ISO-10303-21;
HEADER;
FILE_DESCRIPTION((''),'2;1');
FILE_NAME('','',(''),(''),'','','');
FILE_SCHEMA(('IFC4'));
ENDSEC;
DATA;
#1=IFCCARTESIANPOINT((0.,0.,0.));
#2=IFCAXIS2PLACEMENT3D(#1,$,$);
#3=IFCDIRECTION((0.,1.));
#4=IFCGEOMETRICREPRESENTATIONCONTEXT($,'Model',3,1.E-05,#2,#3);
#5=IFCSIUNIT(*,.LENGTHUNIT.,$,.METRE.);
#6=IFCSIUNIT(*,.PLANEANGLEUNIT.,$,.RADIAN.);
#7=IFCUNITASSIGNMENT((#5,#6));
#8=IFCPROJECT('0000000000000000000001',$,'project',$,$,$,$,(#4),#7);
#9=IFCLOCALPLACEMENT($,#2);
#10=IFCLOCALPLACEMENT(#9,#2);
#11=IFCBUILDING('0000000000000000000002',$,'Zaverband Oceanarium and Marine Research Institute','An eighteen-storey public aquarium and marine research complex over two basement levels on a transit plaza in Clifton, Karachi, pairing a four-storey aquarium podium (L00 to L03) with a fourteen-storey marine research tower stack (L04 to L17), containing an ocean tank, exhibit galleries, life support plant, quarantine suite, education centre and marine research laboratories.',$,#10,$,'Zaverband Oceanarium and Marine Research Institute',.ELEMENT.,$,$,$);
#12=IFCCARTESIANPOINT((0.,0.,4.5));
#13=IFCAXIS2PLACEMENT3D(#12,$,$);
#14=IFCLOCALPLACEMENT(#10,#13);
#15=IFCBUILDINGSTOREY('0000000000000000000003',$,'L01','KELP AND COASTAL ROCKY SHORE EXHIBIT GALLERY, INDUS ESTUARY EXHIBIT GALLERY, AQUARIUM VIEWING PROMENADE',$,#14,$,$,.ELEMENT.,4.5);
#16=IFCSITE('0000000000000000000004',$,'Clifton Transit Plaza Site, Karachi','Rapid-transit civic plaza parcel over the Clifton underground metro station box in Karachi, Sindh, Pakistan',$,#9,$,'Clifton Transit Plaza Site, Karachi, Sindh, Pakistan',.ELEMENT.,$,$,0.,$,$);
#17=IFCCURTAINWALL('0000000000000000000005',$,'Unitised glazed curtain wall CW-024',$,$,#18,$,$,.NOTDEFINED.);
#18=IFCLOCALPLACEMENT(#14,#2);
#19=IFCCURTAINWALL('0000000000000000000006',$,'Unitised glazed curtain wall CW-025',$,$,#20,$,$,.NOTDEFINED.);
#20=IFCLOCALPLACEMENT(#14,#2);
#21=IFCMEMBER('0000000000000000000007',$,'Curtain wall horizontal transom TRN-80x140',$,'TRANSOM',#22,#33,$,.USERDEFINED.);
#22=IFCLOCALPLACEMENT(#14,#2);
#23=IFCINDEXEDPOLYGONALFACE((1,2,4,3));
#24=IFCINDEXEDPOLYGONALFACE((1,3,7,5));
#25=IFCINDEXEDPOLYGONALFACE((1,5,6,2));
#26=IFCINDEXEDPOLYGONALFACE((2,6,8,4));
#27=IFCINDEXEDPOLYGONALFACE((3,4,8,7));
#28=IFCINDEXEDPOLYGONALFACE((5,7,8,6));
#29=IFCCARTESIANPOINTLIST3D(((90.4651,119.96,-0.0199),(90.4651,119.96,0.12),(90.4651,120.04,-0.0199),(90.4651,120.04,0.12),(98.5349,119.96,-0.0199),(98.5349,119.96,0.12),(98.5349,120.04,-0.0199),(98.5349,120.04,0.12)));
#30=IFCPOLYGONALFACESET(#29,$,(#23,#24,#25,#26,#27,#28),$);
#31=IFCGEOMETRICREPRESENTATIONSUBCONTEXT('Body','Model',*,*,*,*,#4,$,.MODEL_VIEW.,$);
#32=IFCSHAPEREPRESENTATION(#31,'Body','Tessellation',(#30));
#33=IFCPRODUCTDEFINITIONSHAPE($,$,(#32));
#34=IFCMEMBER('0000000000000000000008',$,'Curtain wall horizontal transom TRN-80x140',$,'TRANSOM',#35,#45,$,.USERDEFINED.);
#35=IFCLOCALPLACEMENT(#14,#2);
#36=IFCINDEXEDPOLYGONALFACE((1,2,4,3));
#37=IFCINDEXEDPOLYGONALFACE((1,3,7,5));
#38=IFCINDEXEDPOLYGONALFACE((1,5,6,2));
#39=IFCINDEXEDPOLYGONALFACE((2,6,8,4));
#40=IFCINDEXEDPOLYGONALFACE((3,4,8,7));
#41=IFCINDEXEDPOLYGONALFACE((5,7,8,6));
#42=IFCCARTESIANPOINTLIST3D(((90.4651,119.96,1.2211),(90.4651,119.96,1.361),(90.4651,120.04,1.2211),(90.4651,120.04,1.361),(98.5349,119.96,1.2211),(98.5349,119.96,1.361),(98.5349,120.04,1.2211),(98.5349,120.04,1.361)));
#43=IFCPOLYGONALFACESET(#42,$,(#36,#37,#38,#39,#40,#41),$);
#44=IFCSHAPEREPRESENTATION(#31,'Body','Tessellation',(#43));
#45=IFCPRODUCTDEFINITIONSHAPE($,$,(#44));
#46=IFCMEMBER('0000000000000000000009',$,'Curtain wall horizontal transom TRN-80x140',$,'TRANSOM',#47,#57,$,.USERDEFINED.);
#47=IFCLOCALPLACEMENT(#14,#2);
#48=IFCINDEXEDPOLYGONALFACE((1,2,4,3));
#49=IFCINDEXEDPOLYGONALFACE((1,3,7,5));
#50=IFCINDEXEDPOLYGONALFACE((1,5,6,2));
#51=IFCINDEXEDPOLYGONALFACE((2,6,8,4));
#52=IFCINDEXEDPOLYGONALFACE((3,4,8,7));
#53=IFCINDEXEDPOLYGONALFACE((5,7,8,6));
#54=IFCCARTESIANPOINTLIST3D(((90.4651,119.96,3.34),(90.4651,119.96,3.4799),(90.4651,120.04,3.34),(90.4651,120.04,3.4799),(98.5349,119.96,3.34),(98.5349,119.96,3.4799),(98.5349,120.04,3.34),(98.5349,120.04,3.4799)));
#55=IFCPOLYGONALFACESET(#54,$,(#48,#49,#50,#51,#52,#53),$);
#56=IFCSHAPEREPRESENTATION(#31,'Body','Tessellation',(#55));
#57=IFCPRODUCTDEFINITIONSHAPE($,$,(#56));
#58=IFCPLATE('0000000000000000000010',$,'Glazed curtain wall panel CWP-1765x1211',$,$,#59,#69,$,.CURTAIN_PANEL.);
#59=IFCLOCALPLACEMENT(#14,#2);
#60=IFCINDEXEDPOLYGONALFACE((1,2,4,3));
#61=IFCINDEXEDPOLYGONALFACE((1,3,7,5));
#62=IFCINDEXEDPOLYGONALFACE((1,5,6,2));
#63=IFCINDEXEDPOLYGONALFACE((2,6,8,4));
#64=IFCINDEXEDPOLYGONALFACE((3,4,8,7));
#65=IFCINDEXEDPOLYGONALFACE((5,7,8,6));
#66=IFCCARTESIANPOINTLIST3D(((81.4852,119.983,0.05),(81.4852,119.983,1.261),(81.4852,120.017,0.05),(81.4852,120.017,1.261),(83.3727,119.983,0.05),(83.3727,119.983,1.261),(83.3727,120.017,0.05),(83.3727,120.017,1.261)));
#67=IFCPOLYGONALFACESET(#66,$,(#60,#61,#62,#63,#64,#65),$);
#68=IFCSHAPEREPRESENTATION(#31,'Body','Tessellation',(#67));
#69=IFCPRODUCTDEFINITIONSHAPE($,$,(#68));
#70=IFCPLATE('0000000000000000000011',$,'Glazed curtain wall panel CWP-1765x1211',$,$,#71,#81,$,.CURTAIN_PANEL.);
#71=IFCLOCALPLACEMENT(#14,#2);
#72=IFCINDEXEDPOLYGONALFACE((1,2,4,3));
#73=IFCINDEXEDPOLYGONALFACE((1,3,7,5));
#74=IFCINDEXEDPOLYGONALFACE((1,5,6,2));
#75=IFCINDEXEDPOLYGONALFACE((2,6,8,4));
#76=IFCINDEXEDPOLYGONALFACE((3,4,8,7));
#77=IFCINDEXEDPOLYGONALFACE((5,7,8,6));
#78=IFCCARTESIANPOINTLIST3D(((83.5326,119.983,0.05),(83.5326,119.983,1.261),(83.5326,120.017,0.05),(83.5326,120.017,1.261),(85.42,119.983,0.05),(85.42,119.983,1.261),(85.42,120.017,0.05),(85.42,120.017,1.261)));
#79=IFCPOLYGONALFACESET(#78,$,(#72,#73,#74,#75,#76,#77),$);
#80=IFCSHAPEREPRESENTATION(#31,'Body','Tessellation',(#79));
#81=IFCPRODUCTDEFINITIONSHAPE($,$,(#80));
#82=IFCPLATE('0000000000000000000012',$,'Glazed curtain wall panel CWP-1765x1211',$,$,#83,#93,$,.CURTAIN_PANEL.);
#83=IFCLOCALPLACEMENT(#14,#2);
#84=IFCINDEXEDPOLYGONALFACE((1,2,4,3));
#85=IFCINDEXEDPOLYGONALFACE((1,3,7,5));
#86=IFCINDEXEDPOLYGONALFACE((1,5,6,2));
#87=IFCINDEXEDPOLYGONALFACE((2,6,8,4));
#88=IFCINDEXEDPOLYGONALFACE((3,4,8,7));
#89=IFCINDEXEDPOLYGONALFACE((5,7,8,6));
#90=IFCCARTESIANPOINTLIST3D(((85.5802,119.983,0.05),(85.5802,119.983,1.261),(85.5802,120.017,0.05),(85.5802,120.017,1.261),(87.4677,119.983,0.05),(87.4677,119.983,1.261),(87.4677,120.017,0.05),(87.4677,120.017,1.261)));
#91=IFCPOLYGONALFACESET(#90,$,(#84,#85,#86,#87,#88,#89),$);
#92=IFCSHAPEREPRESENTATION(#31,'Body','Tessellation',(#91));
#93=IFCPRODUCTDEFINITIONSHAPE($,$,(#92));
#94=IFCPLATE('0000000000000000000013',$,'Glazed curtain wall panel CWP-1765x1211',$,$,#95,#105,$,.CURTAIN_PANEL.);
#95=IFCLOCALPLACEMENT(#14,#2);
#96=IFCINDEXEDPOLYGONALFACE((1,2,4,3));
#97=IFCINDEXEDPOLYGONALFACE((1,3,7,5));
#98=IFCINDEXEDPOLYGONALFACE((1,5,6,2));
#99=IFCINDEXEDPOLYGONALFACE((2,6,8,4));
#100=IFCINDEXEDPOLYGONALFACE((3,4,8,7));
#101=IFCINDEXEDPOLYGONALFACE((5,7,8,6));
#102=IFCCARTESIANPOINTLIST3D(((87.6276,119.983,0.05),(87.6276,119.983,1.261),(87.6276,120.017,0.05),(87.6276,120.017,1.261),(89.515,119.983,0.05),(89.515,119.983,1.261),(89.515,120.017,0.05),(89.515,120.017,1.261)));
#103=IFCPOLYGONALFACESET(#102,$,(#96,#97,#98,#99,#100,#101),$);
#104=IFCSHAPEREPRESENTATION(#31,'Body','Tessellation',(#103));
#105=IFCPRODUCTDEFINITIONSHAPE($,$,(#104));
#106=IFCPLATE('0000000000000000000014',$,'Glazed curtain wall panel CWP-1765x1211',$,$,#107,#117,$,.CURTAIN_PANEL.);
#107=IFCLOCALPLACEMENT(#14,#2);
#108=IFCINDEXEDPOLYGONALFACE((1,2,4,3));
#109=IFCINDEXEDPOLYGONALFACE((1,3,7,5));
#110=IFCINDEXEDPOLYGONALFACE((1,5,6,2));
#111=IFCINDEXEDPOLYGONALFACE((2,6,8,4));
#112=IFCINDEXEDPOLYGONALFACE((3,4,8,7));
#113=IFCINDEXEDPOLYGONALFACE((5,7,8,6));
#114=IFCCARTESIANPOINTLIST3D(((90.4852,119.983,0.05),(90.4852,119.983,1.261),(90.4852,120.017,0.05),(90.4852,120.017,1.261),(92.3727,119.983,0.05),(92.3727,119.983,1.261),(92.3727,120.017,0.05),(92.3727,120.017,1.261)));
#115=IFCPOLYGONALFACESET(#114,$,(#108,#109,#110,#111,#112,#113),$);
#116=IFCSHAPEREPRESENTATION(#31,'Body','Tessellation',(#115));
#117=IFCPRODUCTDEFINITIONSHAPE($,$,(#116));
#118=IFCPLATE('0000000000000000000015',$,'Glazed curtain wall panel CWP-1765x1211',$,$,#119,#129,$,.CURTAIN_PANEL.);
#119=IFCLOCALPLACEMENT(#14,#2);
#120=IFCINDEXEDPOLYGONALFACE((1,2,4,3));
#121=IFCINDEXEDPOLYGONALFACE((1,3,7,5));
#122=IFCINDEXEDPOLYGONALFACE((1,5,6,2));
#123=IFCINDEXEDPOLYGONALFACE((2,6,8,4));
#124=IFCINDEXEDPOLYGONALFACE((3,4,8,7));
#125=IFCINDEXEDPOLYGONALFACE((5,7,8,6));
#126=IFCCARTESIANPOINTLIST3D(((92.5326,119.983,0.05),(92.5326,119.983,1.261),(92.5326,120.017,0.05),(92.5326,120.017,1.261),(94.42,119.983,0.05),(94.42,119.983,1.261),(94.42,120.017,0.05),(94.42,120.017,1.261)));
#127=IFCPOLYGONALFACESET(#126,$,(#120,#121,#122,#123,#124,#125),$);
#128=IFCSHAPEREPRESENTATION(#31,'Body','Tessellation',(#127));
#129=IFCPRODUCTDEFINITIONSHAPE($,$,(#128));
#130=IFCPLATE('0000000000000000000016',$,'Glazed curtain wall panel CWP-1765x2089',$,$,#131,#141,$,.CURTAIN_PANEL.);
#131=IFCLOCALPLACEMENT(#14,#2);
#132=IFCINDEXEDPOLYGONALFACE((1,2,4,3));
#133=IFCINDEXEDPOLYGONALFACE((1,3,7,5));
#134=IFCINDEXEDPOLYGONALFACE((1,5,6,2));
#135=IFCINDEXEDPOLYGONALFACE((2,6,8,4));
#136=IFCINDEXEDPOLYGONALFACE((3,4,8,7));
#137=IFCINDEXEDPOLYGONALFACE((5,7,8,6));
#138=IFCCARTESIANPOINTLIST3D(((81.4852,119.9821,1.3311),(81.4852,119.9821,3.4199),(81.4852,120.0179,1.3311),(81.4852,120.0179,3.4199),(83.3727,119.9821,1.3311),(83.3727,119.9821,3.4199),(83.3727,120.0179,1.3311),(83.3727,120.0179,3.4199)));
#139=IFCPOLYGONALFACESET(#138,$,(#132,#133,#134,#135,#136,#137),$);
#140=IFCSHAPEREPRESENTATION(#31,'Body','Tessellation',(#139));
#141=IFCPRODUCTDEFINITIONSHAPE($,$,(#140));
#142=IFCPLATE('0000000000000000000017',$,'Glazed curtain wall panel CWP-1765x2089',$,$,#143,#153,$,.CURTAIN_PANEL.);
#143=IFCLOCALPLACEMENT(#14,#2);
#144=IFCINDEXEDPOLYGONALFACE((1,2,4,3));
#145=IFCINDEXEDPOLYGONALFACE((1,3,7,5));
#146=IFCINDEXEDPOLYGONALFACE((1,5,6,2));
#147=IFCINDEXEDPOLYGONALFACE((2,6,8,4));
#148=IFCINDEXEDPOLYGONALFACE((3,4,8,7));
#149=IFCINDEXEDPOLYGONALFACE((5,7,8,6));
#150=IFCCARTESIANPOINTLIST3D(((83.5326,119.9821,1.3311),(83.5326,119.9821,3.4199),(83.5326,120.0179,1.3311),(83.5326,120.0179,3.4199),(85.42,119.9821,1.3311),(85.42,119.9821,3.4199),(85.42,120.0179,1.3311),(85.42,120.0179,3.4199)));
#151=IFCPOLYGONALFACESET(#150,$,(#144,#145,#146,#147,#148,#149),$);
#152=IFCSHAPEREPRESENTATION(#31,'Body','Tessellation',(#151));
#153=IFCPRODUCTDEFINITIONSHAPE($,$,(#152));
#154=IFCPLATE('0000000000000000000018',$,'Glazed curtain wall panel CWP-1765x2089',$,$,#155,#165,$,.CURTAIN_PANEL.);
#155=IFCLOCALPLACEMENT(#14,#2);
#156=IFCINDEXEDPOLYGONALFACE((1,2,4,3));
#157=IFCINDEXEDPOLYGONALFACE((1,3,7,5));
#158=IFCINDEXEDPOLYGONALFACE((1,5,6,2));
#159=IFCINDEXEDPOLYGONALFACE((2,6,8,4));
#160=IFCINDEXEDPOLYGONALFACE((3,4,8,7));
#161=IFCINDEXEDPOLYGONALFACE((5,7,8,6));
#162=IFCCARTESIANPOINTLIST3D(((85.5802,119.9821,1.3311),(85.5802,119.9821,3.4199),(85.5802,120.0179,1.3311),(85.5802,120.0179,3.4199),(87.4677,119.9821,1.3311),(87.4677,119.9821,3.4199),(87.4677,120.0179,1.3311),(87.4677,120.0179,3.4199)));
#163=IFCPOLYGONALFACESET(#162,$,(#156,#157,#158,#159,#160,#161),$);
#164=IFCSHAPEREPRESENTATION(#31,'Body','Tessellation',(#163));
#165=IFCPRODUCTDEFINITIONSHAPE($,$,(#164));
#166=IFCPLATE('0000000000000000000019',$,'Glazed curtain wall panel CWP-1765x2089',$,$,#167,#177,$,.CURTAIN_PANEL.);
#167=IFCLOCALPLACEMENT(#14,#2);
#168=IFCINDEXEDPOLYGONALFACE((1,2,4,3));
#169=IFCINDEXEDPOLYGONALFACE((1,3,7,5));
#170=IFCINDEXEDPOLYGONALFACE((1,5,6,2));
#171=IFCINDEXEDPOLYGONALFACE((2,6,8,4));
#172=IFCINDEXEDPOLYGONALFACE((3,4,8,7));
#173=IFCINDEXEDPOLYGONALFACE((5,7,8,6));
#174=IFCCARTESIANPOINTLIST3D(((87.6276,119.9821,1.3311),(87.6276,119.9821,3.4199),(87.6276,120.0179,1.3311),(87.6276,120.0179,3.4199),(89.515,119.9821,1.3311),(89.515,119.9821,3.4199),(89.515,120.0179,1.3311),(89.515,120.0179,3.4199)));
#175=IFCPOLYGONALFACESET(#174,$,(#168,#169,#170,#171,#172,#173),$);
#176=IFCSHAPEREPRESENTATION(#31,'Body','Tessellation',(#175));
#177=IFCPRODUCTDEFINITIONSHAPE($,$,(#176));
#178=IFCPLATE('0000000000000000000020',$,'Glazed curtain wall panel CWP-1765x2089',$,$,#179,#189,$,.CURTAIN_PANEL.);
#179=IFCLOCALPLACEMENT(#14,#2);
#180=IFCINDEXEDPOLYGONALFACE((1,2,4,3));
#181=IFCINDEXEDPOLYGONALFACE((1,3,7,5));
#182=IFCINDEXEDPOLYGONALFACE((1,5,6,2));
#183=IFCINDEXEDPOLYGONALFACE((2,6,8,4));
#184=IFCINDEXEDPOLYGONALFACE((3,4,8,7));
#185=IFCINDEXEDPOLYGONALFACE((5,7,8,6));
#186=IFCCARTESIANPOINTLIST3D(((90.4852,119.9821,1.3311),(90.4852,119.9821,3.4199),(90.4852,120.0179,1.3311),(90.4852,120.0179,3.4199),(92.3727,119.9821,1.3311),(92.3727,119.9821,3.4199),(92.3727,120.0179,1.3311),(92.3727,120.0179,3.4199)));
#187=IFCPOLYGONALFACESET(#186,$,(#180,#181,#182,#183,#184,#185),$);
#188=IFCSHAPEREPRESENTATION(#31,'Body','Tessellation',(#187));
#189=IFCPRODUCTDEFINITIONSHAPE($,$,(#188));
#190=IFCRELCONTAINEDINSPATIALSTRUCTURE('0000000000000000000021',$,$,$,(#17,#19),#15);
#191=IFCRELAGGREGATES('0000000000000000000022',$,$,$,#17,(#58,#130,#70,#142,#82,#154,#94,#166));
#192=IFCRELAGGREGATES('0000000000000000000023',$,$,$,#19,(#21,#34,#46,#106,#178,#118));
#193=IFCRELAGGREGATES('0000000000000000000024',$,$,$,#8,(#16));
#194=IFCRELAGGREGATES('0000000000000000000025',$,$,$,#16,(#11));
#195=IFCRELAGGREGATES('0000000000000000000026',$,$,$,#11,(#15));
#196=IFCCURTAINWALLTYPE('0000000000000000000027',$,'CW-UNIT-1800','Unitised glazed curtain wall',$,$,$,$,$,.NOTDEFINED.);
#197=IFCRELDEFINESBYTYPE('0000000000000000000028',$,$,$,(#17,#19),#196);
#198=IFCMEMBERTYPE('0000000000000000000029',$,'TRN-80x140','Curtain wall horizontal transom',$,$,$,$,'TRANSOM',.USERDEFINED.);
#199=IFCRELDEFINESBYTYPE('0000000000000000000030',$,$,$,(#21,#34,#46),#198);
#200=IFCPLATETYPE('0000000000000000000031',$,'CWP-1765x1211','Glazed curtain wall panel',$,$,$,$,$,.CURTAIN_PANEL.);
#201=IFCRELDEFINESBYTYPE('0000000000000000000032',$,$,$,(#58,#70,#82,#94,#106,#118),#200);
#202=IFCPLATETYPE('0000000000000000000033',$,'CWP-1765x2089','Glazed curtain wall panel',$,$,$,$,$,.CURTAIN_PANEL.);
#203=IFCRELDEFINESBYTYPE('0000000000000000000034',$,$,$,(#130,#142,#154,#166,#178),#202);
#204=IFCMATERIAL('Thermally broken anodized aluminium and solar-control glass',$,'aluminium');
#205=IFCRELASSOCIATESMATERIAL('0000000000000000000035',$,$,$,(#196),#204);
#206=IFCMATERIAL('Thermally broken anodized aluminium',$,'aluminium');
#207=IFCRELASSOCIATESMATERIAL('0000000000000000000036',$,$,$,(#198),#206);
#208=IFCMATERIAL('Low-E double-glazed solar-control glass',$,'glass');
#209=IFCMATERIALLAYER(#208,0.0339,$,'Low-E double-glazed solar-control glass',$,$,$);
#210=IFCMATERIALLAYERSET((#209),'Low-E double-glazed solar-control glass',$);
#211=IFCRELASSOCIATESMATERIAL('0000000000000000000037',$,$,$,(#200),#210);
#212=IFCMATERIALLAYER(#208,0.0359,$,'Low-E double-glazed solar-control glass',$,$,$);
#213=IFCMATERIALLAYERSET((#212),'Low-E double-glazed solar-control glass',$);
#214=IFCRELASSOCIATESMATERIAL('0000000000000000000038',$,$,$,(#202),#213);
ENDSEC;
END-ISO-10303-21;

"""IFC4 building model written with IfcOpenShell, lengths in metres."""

from ifc_helpers import new_model, si_unit, direction, frame, frame_2d, origin, origin_2d, place, context, subcontext, project, spatial, rectangle, extrude, material, layer, layer_set, material_profile, profile_set, type_object, element, aggregate, save


model = new_model("IFC4")

# Units and contexts
model_context = context("Model", 3, precision=1e-05, world=origin(), true_north=direction((0.0, 1.0)))
body_context = subcontext(model_context, "Body", "Model", "MODEL_VIEW")
ifc_project = project(units=[si_unit("LENGTHUNIT", "METRE"), si_unit("PLANEANGLEUNIT", "RADIAN")], contexts=[model_context])

# Site, building, storey
site_placement = place(None, origin())
site = spatial("IfcSite", under=ifc_project, at=site_placement, Name="Clifton Transit Plaza Site, Karachi", Description="Rapid-transit civic plaza parcel over the Clifton underground metro station box in Karachi, Sindh, Pakistan", LongName="Clifton Transit Plaza Site, Karachi, Sindh, Pakistan", CompositionType="ELEMENT", RefElevation=0.0)
building_placement = place(site_placement, origin())
building = spatial("IfcBuilding", under=site, at=building_placement, Name="Zaverband Oceanarium and Marine Research Institute", Description="An eighteen-storey public aquarium and marine research complex over two basement levels on a transit plaza in Clifton, Karachi, pairing a four-storey aquarium podium (L00 to L03) with a fourteen-storey marine research tower stack (L04 to L17), containing an ocean tank, exhibit galleries, life support plant, quarantine suite, education centre and marine research laboratories.", LongName="Zaverband Oceanarium and Marine Research Institute", CompositionType="ELEMENT")
storey_placement = place(building_placement, frame((0.0, 0.0, 4.5)))
storey = spatial("IfcBuildingStorey", under=building, at=storey_placement, Name="L01", Description="KELP AND COASTAL ROCKY SHORE EXHIBIT GALLERY, INDUS ESTUARY EXHIBIT GALLERY, AQUARIUM VIEWING PROMENADE", CompositionType="ELEMENT", Elevation=4.5)

# Curtain walls
ifc_material_1 = material(Name="Thermally broken anodized aluminium and solar-control glass", Category="aluminium")
curtain_wall_type = type_object("IfcCurtainWallType", Name="CW-UNIT-1800", Description="Unitised glazed curtain wall", PredefinedType="NOTDEFINED", material=ifc_material_1)
curtain_wall_1_placement = place(storey_placement, origin())
curtain_wall_1 = element("IfcCurtainWall", 1, at=curtain_wall_1_placement, inside=storey, type_object=curtain_wall_type, Name="Unitised glazed curtain wall CW-024", PredefinedType="NOTDEFINED")
ifc_material_2 = material(Name="Thermally broken anodized aluminium", Category="aluminium")
curtain_wall_2_placement = place(storey_placement, origin())
curtain_wall_2 = element("IfcCurtainWall", 2, at=curtain_wall_2_placement, inside=storey, type_object=curtain_wall_type, Name="Unitised glazed curtain wall CW-025", PredefinedType="NOTDEFINED")

# Members
ifc_material_profile_1 = material_profile(ifc_material_2, rectangle(XDim=0.0801, YDim=0.1399, at=origin_2d()), Name="AL-TRN-80x140")
ifc_profile_set_1 = profile_set([ifc_material_profile_1], Name="Thermally broken anodized aluminium")
member_type_1 = type_object("IfcMemberType", Name="TRN-80x140", Description="Curtain wall horizontal transom", ElementType="TRANSOM", PredefinedType="USERDEFINED", material=ifc_profile_set_1)
member_1_placement = place(storey_placement, frame((90.4651, 120.0, 0.05), z_axis=(1.0, 0.0, 0.0), x_axis=(0.0, 1.0, 0.0)))
member_1 = element("IfcMember", 3, at=member_1_placement, type_object=member_type_1, Name="Curtain wall horizontal transom TRN-80x140", ObjectType="TRANSOM", PredefinedType="USERDEFINED", context=body_context, shape_type="SweptSolid", body=[
    extrude(rectangle(XDim=0.0801, YDim=0.1399, at=origin_2d()), origin(), (0.0, 0.0, 1.0), 8.0698),
])
member_2_placement = place(storey_placement, frame((90.4651, 120.0, 1.291), z_axis=(1.0, 0.0, 0.0), x_axis=(0.0, 1.0, 0.0)))
member_2 = element("IfcMember", 4, at=member_2_placement, type_object=member_type_1, Name="Curtain wall horizontal transom TRN-80x140", ObjectType="TRANSOM", PredefinedType="USERDEFINED", context=body_context, shape_type="SweptSolid", body=[
    extrude(rectangle(XDim=0.0801, YDim=0.1399, at=origin_2d()), origin(), (0.0, 0.0, 1.0), 8.0698),
])
member_3_placement = place(storey_placement, frame((90.4651, 120.0, 3.4099), z_axis=(1.0, 0.0, 0.0), x_axis=(0.0, 1.0, 0.0)))
member_3 = element("IfcMember", 5, at=member_3_placement, type_object=member_type_1, Name="Curtain wall horizontal transom TRN-80x140", ObjectType="TRANSOM", PredefinedType="USERDEFINED", context=body_context, shape_type="SweptSolid", body=[
    extrude(rectangle(XDim=0.0801, YDim=0.1399, at=origin_2d()), origin(), (0.0, 0.0, 1.0), 8.0698),
])

# Plates
ifc_material_3 = material(Name="Low-E double-glazed solar-control glass", Category="glass")
ifc_layer_1 = layer(ifc_material_3, 0.0339, Name="Low-E double-glazed solar-control glass")
ifc_layer_set_1 = layer_set([ifc_layer_1], Name="Low-E double-glazed solar-control glass")
plate_type_1 = type_object("IfcPlateType", Name="CWP-1765x1211", Description="Glazed curtain wall panel", PredefinedType="CURTAIN_PANEL", material=ifc_layer_set_1)
plate_1_placement = place(storey_placement, frame((81.4851, 120.0, 0.05), z_axis=(0.0, 0.0, 1.0), x_axis=(1.0, 0.0, 0.0)))
plate_1 = element("IfcPlate", 6, at=plate_1_placement, type_object=plate_type_1, Name="Glazed curtain wall panel CWP-1765x1211", PredefinedType="CURTAIN_PANEL", context=body_context, shape_type="SweptSolid", body=[
    extrude(rectangle(XDim=1.8875, YDim=0.0339, at=frame_2d((0.9438, 0.0))), origin(), (0.0, 0.0, 1.0), 1.2109),
])
plate_2_placement = place(storey_placement, frame((83.5325, 120.0, 0.05), z_axis=(0.0, 0.0, 1.0), x_axis=(1.0, 0.0, 0.0)))
plate_2 = element("IfcPlate", 7, at=plate_2_placement, type_object=plate_type_1, Name="Glazed curtain wall panel CWP-1765x1211", PredefinedType="CURTAIN_PANEL", context=body_context, shape_type="SweptSolid", body=[
    extrude(rectangle(XDim=1.8875, YDim=0.0339, at=frame_2d((0.9438, 0.0))), origin(), (0.0, 0.0, 1.0), 1.2109),
])
plate_3_placement = place(storey_placement, frame((85.5801, 120.0, 0.05), z_axis=(0.0, 0.0, 1.0), x_axis=(1.0, 0.0, 0.0)))
plate_3 = element("IfcPlate", 8, at=plate_3_placement, type_object=plate_type_1, Name="Glazed curtain wall panel CWP-1765x1211", PredefinedType="CURTAIN_PANEL", context=body_context, shape_type="SweptSolid", body=[
    extrude(rectangle(XDim=1.8875, YDim=0.0339, at=frame_2d((0.9438, 0.0))), origin(), (0.0, 0.0, 1.0), 1.2109),
])
plate_4_placement = place(storey_placement, frame((87.6274, 120.0, 0.05), z_axis=(0.0, 0.0, 1.0), x_axis=(1.0, 0.0, 0.0)))
plate_4 = element("IfcPlate", 9, at=plate_4_placement, type_object=plate_type_1, Name="Glazed curtain wall panel CWP-1765x1211", PredefinedType="CURTAIN_PANEL", context=body_context, shape_type="SweptSolid", body=[
    extrude(rectangle(XDim=1.8875, YDim=0.0339, at=frame_2d((0.9438, 0.0))), origin(), (0.0, 0.0, 1.0), 1.2109),
])
plate_5_placement = place(storey_placement, frame((90.4851, 120.0, 0.05), z_axis=(0.0, 0.0, 1.0), x_axis=(1.0, 0.0, 0.0)))
plate_5 = element("IfcPlate", 10, at=plate_5_placement, type_object=plate_type_1, Name="Glazed curtain wall panel CWP-1765x1211", PredefinedType="CURTAIN_PANEL", context=body_context, shape_type="SweptSolid", body=[
    extrude(rectangle(XDim=1.8875, YDim=0.0339, at=frame_2d((0.9438, 0.0))), origin(), (0.0, 0.0, 1.0), 1.2109),
])
plate_6_placement = place(storey_placement, frame((92.5325, 120.0, 0.05), z_axis=(0.0, 0.0, 1.0), x_axis=(1.0, 0.0, 0.0)))
plate_6 = element("IfcPlate", 11, at=plate_6_placement, type_object=plate_type_1, Name="Glazed curtain wall panel CWP-1765x1211", PredefinedType="CURTAIN_PANEL", context=body_context, shape_type="SweptSolid", body=[
    extrude(rectangle(XDim=1.8875, YDim=0.0339, at=frame_2d((0.9438, 0.0))), origin(), (0.0, 0.0, 1.0), 1.2109),
])
ifc_layer_2 = layer(ifc_material_3, 0.0359, Name="Low-E double-glazed solar-control glass")
ifc_layer_set_2 = layer_set([ifc_layer_2], Name="Low-E double-glazed solar-control glass")
plate_type_2 = type_object("IfcPlateType", Name="CWP-1765x2089", Description="Glazed curtain wall panel", PredefinedType="CURTAIN_PANEL", material=ifc_layer_set_2)
plate_7_placement = place(storey_placement, frame((81.4851, 120.0, 1.3311), z_axis=(0.0, 0.0, 1.0), x_axis=(1.0, 0.0, 0.0)))
plate_7 = element("IfcPlate", 12, at=plate_7_placement, type_object=plate_type_2, Name="Glazed curtain wall panel CWP-1765x2089", PredefinedType="CURTAIN_PANEL", context=body_context, shape_type="SweptSolid", body=[
    extrude(rectangle(XDim=1.8875, YDim=0.0359, at=frame_2d((0.9438, 0.0))), origin(), (0.0, 0.0, 1.0), 2.0889),
])
plate_8_placement = place(storey_placement, frame((83.5325, 120.0, 1.3311), z_axis=(0.0, 0.0, 1.0), x_axis=(1.0, 0.0, 0.0)))
plate_8 = element("IfcPlate", 13, at=plate_8_placement, type_object=plate_type_2, Name="Glazed curtain wall panel CWP-1765x2089", PredefinedType="CURTAIN_PANEL", context=body_context, shape_type="SweptSolid", body=[
    extrude(rectangle(XDim=1.8875, YDim=0.0359, at=frame_2d((0.9438, 0.0))), origin(), (0.0, 0.0, 1.0), 2.0889),
])
plate_9_placement = place(storey_placement, frame((85.5801, 120.0, 1.3311), z_axis=(0.0, 0.0, 1.0), x_axis=(1.0, 0.0, 0.0)))
plate_9 = element("IfcPlate", 14, at=plate_9_placement, type_object=plate_type_2, Name="Glazed curtain wall panel CWP-1765x2089", PredefinedType="CURTAIN_PANEL", context=body_context, shape_type="SweptSolid", body=[
    extrude(rectangle(XDim=1.8875, YDim=0.0359, at=frame_2d((0.9438, 0.0))), origin(), (0.0, 0.0, 1.0), 2.0889),
])
plate_10_placement = place(storey_placement, frame((87.6274, 120.0, 1.3311), z_axis=(0.0, 0.0, 1.0), x_axis=(1.0, 0.0, 0.0)))
plate_10 = element("IfcPlate", 15, at=plate_10_placement, type_object=plate_type_2, Name="Glazed curtain wall panel CWP-1765x2089", PredefinedType="CURTAIN_PANEL", context=body_context, shape_type="SweptSolid", body=[
    extrude(rectangle(XDim=1.8875, YDim=0.0359, at=frame_2d((0.9438, 0.0))), origin(), (0.0, 0.0, 1.0), 2.0889),
])
aggregate(curtain_wall_1, [plate_1, plate_7, plate_2, plate_8, plate_3, plate_9, plate_4, plate_10])
plate_11_placement = place(storey_placement, frame((90.4851, 120.0, 1.3311), z_axis=(0.0, 0.0, 1.0), x_axis=(1.0, 0.0, 0.0)))
plate_11 = element("IfcPlate", 16, at=plate_11_placement, type_object=plate_type_2, Name="Glazed curtain wall panel CWP-1765x2089", PredefinedType="CURTAIN_PANEL", context=body_context, shape_type="SweptSolid", body=[
    extrude(rectangle(XDim=1.8875, YDim=0.0359, at=frame_2d((0.9438, 0.0))), origin(), (0.0, 0.0, 1.0), 2.0889),
])
aggregate(curtain_wall_2, [member_1, member_2, member_3, plate_5, plate_11, plate_6])

save(model, "model.ifc")
